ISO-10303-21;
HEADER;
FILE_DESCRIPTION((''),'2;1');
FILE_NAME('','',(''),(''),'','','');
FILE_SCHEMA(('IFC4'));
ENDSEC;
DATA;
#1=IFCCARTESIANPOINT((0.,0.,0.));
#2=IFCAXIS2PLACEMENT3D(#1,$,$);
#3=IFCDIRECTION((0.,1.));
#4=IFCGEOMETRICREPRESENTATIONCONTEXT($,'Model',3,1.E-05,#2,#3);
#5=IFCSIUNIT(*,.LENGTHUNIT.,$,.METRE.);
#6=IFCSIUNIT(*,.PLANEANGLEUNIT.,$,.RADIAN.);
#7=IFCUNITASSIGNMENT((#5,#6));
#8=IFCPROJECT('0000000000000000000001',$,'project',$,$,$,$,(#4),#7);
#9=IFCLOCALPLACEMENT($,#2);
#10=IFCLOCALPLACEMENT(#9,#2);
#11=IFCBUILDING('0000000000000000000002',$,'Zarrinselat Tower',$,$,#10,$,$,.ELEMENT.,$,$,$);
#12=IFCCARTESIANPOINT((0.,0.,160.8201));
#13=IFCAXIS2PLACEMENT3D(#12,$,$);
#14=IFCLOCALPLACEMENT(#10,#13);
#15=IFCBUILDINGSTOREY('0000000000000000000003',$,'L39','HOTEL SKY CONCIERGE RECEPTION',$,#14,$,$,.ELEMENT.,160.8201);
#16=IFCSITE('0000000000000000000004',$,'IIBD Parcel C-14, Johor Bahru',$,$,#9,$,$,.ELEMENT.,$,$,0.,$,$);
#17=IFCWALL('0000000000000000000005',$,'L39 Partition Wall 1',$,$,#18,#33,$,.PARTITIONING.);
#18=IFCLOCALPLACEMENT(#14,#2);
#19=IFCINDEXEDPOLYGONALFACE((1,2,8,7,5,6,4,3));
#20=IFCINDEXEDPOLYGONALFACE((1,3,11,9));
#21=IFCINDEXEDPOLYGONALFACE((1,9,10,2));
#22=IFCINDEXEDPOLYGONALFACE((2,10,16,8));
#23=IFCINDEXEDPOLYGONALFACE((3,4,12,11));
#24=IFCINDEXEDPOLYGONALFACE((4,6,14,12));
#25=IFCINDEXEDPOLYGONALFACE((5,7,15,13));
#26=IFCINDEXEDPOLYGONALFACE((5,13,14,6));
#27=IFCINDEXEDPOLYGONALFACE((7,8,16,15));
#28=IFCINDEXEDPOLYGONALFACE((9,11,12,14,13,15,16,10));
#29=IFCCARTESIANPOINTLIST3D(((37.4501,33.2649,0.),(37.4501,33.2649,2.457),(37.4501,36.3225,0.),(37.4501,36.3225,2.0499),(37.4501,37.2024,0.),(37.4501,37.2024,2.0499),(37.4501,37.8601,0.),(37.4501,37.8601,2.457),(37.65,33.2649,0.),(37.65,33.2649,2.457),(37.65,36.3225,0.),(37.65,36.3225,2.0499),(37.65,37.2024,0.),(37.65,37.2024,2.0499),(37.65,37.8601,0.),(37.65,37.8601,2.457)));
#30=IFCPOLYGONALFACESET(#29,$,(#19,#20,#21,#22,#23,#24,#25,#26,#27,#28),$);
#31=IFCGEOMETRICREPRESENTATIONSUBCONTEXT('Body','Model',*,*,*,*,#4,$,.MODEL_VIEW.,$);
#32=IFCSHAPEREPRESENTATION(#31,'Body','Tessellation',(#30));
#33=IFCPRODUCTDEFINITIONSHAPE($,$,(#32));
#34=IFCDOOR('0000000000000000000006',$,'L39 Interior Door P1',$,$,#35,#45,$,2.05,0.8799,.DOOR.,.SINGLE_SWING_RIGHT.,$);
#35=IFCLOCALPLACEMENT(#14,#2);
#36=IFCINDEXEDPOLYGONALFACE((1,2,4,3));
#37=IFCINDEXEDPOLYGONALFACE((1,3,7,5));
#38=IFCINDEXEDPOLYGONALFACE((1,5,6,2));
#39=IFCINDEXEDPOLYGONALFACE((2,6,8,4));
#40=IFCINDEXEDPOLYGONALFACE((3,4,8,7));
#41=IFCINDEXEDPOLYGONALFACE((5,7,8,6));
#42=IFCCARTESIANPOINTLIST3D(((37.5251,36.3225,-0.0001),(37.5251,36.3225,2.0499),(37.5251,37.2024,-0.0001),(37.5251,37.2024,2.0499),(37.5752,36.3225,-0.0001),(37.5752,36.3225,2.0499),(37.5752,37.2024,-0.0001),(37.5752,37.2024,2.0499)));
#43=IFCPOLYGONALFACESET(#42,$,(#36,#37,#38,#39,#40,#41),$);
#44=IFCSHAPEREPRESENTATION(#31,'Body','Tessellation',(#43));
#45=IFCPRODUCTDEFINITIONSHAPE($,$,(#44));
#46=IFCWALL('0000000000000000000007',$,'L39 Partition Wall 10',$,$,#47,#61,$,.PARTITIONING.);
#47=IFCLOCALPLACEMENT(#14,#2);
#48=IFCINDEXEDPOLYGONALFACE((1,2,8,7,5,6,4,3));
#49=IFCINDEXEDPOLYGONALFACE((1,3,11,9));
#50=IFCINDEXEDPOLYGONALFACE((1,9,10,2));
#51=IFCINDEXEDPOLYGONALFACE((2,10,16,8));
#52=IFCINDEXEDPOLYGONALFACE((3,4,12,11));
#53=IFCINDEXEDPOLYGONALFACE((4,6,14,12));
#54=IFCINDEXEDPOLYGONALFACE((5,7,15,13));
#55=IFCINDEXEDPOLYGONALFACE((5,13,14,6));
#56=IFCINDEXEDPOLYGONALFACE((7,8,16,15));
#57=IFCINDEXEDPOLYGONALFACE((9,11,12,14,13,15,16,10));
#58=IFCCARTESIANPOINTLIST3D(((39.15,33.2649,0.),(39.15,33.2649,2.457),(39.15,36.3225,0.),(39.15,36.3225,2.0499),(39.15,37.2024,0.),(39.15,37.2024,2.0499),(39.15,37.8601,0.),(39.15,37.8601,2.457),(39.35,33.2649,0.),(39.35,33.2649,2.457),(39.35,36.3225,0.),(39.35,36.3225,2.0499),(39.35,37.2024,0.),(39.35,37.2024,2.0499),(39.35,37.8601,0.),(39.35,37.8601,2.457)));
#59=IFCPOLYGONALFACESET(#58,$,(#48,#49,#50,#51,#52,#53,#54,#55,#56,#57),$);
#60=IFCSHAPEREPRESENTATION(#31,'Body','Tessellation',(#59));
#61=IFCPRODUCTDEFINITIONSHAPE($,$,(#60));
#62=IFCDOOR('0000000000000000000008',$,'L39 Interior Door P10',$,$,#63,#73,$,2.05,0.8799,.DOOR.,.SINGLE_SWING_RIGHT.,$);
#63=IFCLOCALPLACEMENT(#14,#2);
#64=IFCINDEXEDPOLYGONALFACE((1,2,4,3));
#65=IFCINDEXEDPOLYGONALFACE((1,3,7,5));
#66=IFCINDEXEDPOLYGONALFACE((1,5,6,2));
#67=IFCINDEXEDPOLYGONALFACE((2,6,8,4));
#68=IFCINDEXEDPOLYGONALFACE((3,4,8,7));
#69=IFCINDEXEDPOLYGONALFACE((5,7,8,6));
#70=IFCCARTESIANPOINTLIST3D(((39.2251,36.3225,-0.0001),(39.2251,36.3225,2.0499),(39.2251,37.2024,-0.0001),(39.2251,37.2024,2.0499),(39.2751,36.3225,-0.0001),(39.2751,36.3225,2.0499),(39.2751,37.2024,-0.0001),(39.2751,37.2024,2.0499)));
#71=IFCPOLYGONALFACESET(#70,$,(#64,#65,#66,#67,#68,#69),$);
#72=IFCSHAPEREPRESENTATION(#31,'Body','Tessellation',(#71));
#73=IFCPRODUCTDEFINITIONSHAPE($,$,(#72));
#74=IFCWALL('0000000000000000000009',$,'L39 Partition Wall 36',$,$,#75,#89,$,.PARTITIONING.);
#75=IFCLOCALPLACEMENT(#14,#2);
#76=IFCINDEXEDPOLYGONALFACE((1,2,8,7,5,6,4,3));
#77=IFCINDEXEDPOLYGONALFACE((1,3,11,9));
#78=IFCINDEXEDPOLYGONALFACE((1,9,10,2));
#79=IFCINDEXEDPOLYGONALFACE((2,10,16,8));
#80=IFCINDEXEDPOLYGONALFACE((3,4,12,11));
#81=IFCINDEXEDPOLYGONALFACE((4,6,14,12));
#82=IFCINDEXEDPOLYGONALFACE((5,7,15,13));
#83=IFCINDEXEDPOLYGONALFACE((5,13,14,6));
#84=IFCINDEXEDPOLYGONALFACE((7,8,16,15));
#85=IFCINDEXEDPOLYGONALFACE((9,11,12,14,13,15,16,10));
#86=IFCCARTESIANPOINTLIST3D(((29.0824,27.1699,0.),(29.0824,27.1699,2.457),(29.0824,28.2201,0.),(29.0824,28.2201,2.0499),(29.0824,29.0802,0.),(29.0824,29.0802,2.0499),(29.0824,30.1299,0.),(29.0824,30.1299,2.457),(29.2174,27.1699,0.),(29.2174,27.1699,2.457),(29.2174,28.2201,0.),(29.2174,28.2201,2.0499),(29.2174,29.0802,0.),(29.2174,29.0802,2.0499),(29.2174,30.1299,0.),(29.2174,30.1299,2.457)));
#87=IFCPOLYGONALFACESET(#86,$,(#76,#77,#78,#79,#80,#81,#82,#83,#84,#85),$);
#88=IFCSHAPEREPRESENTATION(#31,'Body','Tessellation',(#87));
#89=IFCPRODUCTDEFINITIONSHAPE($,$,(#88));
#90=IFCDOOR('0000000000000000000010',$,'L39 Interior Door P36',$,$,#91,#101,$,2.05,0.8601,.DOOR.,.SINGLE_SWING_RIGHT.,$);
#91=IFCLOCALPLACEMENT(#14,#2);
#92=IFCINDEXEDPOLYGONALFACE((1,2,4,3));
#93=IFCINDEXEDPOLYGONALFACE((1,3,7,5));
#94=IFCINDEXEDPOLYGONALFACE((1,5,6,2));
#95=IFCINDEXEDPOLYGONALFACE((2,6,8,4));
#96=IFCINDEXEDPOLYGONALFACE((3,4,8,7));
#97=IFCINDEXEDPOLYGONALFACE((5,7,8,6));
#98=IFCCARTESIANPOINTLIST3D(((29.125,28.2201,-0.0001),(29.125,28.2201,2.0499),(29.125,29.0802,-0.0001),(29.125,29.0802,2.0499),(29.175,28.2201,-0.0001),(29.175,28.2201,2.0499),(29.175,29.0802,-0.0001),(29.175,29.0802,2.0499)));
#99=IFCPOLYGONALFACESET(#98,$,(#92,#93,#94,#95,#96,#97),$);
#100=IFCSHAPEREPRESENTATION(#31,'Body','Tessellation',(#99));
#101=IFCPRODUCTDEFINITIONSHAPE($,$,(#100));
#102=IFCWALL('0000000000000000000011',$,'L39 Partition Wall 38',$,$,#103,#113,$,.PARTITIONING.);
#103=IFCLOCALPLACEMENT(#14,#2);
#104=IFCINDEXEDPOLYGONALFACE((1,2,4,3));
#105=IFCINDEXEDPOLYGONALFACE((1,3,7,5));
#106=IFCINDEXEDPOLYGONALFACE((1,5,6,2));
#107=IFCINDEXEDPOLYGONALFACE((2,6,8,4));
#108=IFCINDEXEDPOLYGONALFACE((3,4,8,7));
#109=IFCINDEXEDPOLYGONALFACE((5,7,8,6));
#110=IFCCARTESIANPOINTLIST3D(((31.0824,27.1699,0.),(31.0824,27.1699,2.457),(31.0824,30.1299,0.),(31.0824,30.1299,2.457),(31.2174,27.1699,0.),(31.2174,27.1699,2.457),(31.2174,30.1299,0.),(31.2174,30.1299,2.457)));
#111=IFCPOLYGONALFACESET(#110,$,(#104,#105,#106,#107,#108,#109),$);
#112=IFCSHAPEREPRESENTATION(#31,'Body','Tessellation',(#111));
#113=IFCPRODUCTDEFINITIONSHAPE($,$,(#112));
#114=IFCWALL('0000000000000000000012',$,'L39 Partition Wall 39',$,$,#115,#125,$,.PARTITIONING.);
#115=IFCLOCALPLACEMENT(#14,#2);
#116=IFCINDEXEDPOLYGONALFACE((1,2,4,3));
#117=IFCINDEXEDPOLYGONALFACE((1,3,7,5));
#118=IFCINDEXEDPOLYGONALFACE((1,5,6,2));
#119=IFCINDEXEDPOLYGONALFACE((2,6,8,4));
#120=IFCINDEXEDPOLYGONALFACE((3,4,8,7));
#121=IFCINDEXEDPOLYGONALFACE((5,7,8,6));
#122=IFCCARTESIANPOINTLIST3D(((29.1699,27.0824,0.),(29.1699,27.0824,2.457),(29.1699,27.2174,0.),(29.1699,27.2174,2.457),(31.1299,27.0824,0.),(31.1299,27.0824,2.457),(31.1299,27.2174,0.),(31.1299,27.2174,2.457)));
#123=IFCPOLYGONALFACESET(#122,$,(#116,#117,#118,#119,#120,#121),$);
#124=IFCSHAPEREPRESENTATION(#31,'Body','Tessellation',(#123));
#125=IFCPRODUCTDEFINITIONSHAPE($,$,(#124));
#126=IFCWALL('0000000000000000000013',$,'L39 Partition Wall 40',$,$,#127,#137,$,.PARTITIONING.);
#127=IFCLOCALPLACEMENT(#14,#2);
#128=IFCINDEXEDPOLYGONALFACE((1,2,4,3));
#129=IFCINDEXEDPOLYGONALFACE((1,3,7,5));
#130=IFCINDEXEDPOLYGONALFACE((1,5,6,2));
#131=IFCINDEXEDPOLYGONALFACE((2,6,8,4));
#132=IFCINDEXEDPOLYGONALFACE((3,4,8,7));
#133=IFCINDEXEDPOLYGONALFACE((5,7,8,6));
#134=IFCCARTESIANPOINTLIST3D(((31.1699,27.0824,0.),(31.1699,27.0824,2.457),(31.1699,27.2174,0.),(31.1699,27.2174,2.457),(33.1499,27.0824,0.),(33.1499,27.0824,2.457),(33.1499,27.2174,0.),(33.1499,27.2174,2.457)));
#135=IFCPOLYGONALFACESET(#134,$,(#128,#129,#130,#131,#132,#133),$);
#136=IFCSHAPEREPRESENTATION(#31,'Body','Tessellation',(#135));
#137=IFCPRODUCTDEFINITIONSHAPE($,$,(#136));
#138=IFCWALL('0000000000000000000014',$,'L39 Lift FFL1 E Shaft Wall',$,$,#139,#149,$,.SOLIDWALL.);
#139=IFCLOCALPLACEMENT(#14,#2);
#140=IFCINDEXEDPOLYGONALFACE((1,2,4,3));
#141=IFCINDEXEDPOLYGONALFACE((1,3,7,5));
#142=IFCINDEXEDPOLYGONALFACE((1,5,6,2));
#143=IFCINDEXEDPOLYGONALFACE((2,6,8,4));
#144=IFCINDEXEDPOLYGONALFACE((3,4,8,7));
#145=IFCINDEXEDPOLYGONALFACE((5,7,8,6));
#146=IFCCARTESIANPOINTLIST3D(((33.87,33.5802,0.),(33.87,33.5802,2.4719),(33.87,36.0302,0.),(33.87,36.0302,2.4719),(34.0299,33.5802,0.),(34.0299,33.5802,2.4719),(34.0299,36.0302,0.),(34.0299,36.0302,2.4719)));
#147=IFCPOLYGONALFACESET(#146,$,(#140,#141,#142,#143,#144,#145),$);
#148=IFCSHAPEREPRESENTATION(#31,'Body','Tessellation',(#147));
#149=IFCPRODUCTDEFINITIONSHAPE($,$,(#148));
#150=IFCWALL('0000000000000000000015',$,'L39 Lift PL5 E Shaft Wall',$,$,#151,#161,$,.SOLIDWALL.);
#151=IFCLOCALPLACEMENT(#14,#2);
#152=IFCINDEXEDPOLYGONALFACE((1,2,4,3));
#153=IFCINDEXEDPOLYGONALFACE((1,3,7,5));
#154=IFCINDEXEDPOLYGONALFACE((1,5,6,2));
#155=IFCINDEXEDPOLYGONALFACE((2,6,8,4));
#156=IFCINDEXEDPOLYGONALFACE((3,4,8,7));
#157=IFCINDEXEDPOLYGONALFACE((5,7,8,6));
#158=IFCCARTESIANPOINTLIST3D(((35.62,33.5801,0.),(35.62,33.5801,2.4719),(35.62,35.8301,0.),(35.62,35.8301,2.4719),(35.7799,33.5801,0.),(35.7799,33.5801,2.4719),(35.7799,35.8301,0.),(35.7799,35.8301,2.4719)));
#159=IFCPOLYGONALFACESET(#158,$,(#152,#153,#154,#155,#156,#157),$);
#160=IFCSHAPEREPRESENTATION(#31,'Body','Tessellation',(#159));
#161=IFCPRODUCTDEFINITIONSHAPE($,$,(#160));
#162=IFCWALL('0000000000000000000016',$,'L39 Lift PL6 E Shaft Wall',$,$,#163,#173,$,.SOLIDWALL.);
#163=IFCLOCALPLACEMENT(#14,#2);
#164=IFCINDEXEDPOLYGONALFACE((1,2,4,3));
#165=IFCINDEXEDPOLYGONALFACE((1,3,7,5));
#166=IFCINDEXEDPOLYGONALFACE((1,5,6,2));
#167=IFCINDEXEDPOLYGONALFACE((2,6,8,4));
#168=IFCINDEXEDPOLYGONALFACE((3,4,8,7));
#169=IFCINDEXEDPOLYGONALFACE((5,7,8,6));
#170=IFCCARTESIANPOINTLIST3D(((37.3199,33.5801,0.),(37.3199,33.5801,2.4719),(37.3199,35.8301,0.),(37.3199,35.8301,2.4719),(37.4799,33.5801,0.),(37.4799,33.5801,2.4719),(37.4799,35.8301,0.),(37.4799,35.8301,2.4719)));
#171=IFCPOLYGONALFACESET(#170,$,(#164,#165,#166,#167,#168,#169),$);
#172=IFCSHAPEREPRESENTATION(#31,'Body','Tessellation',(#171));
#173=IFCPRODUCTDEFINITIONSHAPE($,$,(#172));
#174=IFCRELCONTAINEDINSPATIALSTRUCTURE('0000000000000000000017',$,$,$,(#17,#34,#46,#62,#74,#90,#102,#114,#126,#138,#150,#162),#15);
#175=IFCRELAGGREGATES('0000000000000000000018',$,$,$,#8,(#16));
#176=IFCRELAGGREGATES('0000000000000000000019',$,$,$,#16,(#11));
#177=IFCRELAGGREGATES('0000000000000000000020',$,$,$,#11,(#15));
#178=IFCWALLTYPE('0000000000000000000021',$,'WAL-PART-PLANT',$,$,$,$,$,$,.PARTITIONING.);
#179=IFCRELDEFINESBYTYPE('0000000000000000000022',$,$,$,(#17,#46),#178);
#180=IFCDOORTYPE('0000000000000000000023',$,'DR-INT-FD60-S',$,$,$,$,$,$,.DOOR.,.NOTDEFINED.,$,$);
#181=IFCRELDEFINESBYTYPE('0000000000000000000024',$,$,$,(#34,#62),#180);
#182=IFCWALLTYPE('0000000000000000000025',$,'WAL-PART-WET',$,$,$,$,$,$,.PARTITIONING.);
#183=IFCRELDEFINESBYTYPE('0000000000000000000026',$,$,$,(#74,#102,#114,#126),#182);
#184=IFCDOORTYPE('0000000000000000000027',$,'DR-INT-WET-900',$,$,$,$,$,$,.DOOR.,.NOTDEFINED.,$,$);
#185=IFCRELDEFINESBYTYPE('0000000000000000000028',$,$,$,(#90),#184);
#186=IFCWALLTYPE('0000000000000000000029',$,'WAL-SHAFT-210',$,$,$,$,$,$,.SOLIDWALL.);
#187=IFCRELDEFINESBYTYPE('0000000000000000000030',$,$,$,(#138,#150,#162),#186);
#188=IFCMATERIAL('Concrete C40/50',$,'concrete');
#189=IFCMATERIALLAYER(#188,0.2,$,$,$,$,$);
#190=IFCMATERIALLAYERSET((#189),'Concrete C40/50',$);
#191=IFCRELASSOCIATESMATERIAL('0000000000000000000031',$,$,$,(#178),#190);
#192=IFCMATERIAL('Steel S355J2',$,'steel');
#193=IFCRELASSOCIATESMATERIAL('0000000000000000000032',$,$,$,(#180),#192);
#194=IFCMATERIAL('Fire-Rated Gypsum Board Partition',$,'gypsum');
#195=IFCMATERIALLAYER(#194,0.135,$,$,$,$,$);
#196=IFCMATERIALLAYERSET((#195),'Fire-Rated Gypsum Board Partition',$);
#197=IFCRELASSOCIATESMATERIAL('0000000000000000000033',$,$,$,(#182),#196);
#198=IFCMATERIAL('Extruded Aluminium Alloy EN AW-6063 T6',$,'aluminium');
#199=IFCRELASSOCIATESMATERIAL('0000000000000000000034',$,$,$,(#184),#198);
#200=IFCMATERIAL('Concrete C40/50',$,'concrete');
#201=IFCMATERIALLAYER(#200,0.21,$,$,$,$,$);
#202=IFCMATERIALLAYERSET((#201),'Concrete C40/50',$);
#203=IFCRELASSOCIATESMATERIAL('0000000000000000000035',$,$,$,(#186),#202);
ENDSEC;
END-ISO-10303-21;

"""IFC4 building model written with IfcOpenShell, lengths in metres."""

from ifc_helpers import new_model, si_unit, direction, frame, frame_2d, origin, place, context, subcontext, project, spatial, rectangle, extrude, material, layer, layer_set, type_object, element, fill, save


model = new_model("IFC4")

# Units and contexts
model_context = context("Model", 3, precision=1e-05, world=origin(), true_north=direction((0.0, 1.0)))
body_context = subcontext(model_context, "Body", "Model", "MODEL_VIEW")
ifc_project = project(units=[si_unit("LENGTHUNIT", "METRE"), si_unit("PLANEANGLEUNIT", "RADIAN")], contexts=[model_context])

# Site, building, storey
site_placement = place(None, origin())
site = spatial("IfcSite", under=ifc_project, at=site_placement, Name="IIBD Parcel C-14, Johor Bahru", CompositionType="ELEMENT", RefElevation=0.0)
building_placement = place(site_placement, origin())
building = spatial("IfcBuilding", under=site, at=building_placement, Name="Zarrinselat Tower", CompositionType="ELEMENT")
storey_placement = place(building_placement, frame((0.0, 0.0, 160.8201)))
storey = spatial("IfcBuildingStorey", under=building, at=storey_placement, Name="L39", Description="HOTEL SKY CONCIERGE RECEPTION", CompositionType="ELEMENT", Elevation=160.8201)

# Walls, openings, doors
ifc_material_1 = material(Name="Concrete C40/50", Category="concrete")
ifc_layer_1 = layer(ifc_material_1, 0.2)
ifc_layer_set_1 = layer_set([ifc_layer_1], Name="Concrete C40/50")
wall_type_1 = type_object("IfcWallType", Name="WAL-PART-PLANT", PredefinedType="PARTITIONING", material=ifc_layer_set_1)
wall_1_placement = place(storey_placement, frame((37.55, 33.2649, 0.0), z_axis=(0.0, 0.0, 1.0), x_axis=(0.0, 1.0, 0.0)))
wall_1 = element("IfcWall", 1, at=wall_1_placement, inside=storey, type_object=wall_type_1, Name="L39 Partition Wall 1", PredefinedType="PARTITIONING", context=body_context, shape_type="SweptSolid", body=[
    extrude(rectangle(XDim=4.5952, YDim=0.2, at=frame_2d((2.2976, 0.0))), origin(), (0.0, 0.0, 1.0), 2.457),
])
opening_1_placement = place(wall_1_placement, frame((3.0576, 0.0, 0.0)))
opening_1 = element("IfcOpeningElement", 2, at=opening_1_placement, cuts=wall_1, PredefinedType="OPENING", context=body_context, shape_type="SweptSolid", body=[
    extrude(rectangle(XDim=0.8799, YDim=2.05, at=frame_2d((0.4399, 1.0249))), frame((0.0, 0.1099, 0.0), z_axis=(0.0, -1.0, 0.0), x_axis=(1.0, 0.0, 0.0)), (0.0, 0.0, 1.0), 0.22),
])
ifc_material_2 = material(Name="Steel S355J2", Category="steel")
door_type_1 = type_object("IfcDoorType", Name="DR-INT-FD60-S", OperationType="NOTDEFINED", PredefinedType="DOOR", material=ifc_material_2)
door_1_placement = place(opening_1_placement, origin())
door_1 = element("IfcDoor", 3, at=door_1_placement, inside=storey, type_object=door_type_1, Name="L39 Interior Door P1", OperationType="SINGLE_SWING_RIGHT", OverallHeight=2.05, OverallWidth=0.8799, PredefinedType="DOOR", context=body_context, shape_type="SweptSolid", body=[
    extrude(rectangle(XDim=0.8799, YDim=2.05, at=frame_2d((0.4399, 1.0249))), frame((0.0, 0.0249, 0.0), z_axis=(0.0, -1.0, 0.0), x_axis=(1.0, 0.0, 0.0)), (0.0, 0.0, 1.0), 0.05),
])
fill(opening_1, door_1)
wall_2_placement = place(storey_placement, frame((39.25, 33.2649, 0.0), z_axis=(0.0, 0.0, 1.0), x_axis=(0.0, 1.0, 0.0)))
wall_2 = element("IfcWall", 4, at=wall_2_placement, inside=storey, type_object=wall_type_1, Name="L39 Partition Wall 10", PredefinedType="PARTITIONING", context=body_context, shape_type="SweptSolid", body=[
    extrude(rectangle(XDim=4.5952, YDim=0.2, at=frame_2d((2.2976, 0.0))), origin(), (0.0, 0.0, 1.0), 2.457),
])
opening_2_placement = place(wall_2_placement, frame((3.0576, 0.0, 0.0)))
opening_2 = element("IfcOpeningElement", 5, at=opening_2_placement, cuts=wall_2, PredefinedType="OPENING", context=body_context, shape_type="SweptSolid", body=[
    extrude(rectangle(XDim=0.8799, YDim=2.05, at=frame_2d((0.4399, 1.0249))), frame((0.0, 0.1099, 0.0), z_axis=(0.0, -1.0, 0.0), x_axis=(1.0, 0.0, 0.0)), (0.0, 0.0, 1.0), 0.22),
])
door_2_placement = place(opening_2_placement, origin())
door_2 = element("IfcDoor", 6, at=door_2_placement, inside=storey, type_object=door_type_1, Name="L39 Interior Door P10", OperationType="SINGLE_SWING_RIGHT", OverallHeight=2.05, OverallWidth=0.8799, PredefinedType="DOOR", context=body_context, shape_type="SweptSolid", body=[
    extrude(rectangle(XDim=0.8799, YDim=2.05, at=frame_2d((0.4399, 1.0249))), frame((0.0, 0.0249, 0.0), z_axis=(0.0, -1.0, 0.0), x_axis=(1.0, 0.0, 0.0)), (0.0, 0.0, 1.0), 0.05),
])
fill(opening_2, door_2)
ifc_material_3 = material(Name="Fire-Rated Gypsum Board Partition", Category="gypsum")
ifc_layer_2 = layer(ifc_material_3, 0.135)
ifc_layer_set_2 = layer_set([ifc_layer_2], Name="Fire-Rated Gypsum Board Partition")
wall_type_2 = type_object("IfcWallType", Name="WAL-PART-WET", PredefinedType="PARTITIONING", material=ifc_layer_set_2)
wall_3_placement = place(storey_placement, frame((29.1499, 27.1699, 0.0), z_axis=(0.0, 0.0, 1.0), x_axis=(0.0, 1.0, 0.0)))
wall_3 = element("IfcWall", 7, at=wall_3_placement, inside=storey, type_object=wall_type_2, Name="L39 Partition Wall 36", PredefinedType="PARTITIONING", context=body_context, shape_type="SweptSolid", body=[
    extrude(rectangle(XDim=2.96, YDim=0.135, at=frame_2d((1.48, 0.0))), origin(), (0.0, 0.0, 1.0), 2.457),
])
opening_3_placement = place(wall_3_placement, frame((1.05, 0.0, 0.0)))
opening_3 = element("IfcOpeningElement", 8, at=opening_3_placement, cuts=wall_3, PredefinedType="OPENING", context=body_context, shape_type="SweptSolid", body=[
    extrude(rectangle(XDim=0.8601, YDim=2.05, at=frame_2d((0.4302, 1.0249))), frame((0.0, 0.0774, 0.0), z_axis=(0.0, -1.0, 0.0), x_axis=(1.0, 0.0, 0.0)), (0.0, 0.0, 1.0), 0.155),
])
ifc_material_4 = material(Name="Extruded Aluminium Alloy EN AW-6063 T6", Category="aluminium")
door_type_2 = type_object("IfcDoorType", Name="DR-INT-WET-900", OperationType="NOTDEFINED", PredefinedType="DOOR", material=ifc_material_4)
door_3_placement = place(opening_3_placement, origin())
door_3 = element("IfcDoor", 9, at=door_3_placement, inside=storey, type_object=door_type_2, Name="L39 Interior Door P36", OperationType="SINGLE_SWING_RIGHT", OverallHeight=2.05, OverallWidth=0.8601, PredefinedType="DOOR", context=body_context, shape_type="SweptSolid", body=[
    extrude(rectangle(XDim=0.8601, YDim=2.05, at=frame_2d((0.4302, 1.0249))), frame((0.0, 0.0249, 0.0), z_axis=(0.0, -1.0, 0.0), x_axis=(1.0, 0.0, 0.0)), (0.0, 0.0, 1.0), 0.05),
])
fill(opening_3, door_3)

# Walls
wall_4_placement = place(storey_placement, frame((31.1499, 27.1699, 0.0), z_axis=(0.0, 0.0, 1.0), x_axis=(0.0, 1.0, 0.0)))
element("IfcWall", 10, at=wall_4_placement, inside=storey, type_object=wall_type_2, Name="L39 Partition Wall 38", PredefinedType="PARTITIONING", context=body_context, shape_type="SweptSolid", body=[
    extrude(rectangle(XDim=2.96, YDim=0.135, at=frame_2d((1.48, 0.0))), origin(), (0.0, 0.0, 1.0), 2.457),
])
wall_5_placement = place(storey_placement, frame((29.1699, 27.1499, 0.0), z_axis=(0.0, 0.0, 1.0), x_axis=(1.0, 0.0, 0.0)))
element("IfcWall", 11, at=wall_5_placement, inside=storey, type_object=wall_type_2, Name="L39 Partition Wall 39", PredefinedType="PARTITIONING", context=body_context, shape_type="SweptSolid", body=[
    extrude(rectangle(XDim=1.96, YDim=0.135, at=frame_2d((0.98, 0.0))), origin(), (0.0, 0.0, 1.0), 2.457),
])
wall_6_placement = place(storey_placement, frame((31.1699, 27.1499, 0.0), z_axis=(0.0, 0.0, 1.0), x_axis=(1.0, 0.0, 0.0)))
element("IfcWall", 12, at=wall_6_placement, inside=storey, type_object=wall_type_2, Name="L39 Partition Wall 40", PredefinedType="PARTITIONING", context=body_context, shape_type="SweptSolid", body=[
    extrude(rectangle(XDim=1.98, YDim=0.135, at=frame_2d((0.99, 0.0))), origin(), (0.0, 0.0, 1.0), 2.457),
])
ifc_material_5 = material(Name="Concrete C40/50", Category="concrete")
ifc_layer_3 = layer(ifc_material_5, 0.21)
ifc_layer_set_3 = layer_set([ifc_layer_3], Name="Concrete C40/50")
wall_type_3 = type_object("IfcWallType", Name="WAL-SHAFT-210", PredefinedType="SOLIDWALL", material=ifc_layer_set_3)
wall_7_placement = place(storey_placement, frame((33.95, 33.5801, 0.0), z_axis=(0.0, 0.0, 1.0), x_axis=(0.0, 1.0, 0.0)))
element("IfcWall", 13, at=wall_7_placement, inside=storey, type_object=wall_type_3, Name="L39 Lift FFL1 E Shaft Wall", PredefinedType="SOLIDWALL", context=body_context, shape_type="SweptSolid", body=[
    extrude(rectangle(XDim=2.45, YDim=0.1599, at=frame_2d((1.2251, 0.0))), origin(), (0.0, 0.0, 1.0), 2.4719),
])
for number, where, z_axis, x_axis, name in (
    (14, (35.7, 33.5801, 0.0), (0.0, 0.0, 1.0), (0.0, 1.0, 0.0), "L39 Lift PL5 E Shaft Wall"),
    (15, (37.3999, 33.5801, 0.0), (0.0, 0.0, 1.0), (0.0, 1.0, 0.0), "L39 Lift PL6 E Shaft Wall"),
):
    element("IfcWall", number, at=place(storey_placement, frame(where, z_axis=z_axis, x_axis=x_axis)), inside=storey, type_object=wall_type_3, Name=name, PredefinedType="SOLIDWALL", context=body_context, shape_type="SweptSolid", body=[
        extrude(rectangle(XDim=2.25, YDim=0.1599, at=frame_2d((1.125, 0.0))), origin(), (0.0, 0.0, 1.0), 2.4719),
    ])

save(model, "model.ifc")
